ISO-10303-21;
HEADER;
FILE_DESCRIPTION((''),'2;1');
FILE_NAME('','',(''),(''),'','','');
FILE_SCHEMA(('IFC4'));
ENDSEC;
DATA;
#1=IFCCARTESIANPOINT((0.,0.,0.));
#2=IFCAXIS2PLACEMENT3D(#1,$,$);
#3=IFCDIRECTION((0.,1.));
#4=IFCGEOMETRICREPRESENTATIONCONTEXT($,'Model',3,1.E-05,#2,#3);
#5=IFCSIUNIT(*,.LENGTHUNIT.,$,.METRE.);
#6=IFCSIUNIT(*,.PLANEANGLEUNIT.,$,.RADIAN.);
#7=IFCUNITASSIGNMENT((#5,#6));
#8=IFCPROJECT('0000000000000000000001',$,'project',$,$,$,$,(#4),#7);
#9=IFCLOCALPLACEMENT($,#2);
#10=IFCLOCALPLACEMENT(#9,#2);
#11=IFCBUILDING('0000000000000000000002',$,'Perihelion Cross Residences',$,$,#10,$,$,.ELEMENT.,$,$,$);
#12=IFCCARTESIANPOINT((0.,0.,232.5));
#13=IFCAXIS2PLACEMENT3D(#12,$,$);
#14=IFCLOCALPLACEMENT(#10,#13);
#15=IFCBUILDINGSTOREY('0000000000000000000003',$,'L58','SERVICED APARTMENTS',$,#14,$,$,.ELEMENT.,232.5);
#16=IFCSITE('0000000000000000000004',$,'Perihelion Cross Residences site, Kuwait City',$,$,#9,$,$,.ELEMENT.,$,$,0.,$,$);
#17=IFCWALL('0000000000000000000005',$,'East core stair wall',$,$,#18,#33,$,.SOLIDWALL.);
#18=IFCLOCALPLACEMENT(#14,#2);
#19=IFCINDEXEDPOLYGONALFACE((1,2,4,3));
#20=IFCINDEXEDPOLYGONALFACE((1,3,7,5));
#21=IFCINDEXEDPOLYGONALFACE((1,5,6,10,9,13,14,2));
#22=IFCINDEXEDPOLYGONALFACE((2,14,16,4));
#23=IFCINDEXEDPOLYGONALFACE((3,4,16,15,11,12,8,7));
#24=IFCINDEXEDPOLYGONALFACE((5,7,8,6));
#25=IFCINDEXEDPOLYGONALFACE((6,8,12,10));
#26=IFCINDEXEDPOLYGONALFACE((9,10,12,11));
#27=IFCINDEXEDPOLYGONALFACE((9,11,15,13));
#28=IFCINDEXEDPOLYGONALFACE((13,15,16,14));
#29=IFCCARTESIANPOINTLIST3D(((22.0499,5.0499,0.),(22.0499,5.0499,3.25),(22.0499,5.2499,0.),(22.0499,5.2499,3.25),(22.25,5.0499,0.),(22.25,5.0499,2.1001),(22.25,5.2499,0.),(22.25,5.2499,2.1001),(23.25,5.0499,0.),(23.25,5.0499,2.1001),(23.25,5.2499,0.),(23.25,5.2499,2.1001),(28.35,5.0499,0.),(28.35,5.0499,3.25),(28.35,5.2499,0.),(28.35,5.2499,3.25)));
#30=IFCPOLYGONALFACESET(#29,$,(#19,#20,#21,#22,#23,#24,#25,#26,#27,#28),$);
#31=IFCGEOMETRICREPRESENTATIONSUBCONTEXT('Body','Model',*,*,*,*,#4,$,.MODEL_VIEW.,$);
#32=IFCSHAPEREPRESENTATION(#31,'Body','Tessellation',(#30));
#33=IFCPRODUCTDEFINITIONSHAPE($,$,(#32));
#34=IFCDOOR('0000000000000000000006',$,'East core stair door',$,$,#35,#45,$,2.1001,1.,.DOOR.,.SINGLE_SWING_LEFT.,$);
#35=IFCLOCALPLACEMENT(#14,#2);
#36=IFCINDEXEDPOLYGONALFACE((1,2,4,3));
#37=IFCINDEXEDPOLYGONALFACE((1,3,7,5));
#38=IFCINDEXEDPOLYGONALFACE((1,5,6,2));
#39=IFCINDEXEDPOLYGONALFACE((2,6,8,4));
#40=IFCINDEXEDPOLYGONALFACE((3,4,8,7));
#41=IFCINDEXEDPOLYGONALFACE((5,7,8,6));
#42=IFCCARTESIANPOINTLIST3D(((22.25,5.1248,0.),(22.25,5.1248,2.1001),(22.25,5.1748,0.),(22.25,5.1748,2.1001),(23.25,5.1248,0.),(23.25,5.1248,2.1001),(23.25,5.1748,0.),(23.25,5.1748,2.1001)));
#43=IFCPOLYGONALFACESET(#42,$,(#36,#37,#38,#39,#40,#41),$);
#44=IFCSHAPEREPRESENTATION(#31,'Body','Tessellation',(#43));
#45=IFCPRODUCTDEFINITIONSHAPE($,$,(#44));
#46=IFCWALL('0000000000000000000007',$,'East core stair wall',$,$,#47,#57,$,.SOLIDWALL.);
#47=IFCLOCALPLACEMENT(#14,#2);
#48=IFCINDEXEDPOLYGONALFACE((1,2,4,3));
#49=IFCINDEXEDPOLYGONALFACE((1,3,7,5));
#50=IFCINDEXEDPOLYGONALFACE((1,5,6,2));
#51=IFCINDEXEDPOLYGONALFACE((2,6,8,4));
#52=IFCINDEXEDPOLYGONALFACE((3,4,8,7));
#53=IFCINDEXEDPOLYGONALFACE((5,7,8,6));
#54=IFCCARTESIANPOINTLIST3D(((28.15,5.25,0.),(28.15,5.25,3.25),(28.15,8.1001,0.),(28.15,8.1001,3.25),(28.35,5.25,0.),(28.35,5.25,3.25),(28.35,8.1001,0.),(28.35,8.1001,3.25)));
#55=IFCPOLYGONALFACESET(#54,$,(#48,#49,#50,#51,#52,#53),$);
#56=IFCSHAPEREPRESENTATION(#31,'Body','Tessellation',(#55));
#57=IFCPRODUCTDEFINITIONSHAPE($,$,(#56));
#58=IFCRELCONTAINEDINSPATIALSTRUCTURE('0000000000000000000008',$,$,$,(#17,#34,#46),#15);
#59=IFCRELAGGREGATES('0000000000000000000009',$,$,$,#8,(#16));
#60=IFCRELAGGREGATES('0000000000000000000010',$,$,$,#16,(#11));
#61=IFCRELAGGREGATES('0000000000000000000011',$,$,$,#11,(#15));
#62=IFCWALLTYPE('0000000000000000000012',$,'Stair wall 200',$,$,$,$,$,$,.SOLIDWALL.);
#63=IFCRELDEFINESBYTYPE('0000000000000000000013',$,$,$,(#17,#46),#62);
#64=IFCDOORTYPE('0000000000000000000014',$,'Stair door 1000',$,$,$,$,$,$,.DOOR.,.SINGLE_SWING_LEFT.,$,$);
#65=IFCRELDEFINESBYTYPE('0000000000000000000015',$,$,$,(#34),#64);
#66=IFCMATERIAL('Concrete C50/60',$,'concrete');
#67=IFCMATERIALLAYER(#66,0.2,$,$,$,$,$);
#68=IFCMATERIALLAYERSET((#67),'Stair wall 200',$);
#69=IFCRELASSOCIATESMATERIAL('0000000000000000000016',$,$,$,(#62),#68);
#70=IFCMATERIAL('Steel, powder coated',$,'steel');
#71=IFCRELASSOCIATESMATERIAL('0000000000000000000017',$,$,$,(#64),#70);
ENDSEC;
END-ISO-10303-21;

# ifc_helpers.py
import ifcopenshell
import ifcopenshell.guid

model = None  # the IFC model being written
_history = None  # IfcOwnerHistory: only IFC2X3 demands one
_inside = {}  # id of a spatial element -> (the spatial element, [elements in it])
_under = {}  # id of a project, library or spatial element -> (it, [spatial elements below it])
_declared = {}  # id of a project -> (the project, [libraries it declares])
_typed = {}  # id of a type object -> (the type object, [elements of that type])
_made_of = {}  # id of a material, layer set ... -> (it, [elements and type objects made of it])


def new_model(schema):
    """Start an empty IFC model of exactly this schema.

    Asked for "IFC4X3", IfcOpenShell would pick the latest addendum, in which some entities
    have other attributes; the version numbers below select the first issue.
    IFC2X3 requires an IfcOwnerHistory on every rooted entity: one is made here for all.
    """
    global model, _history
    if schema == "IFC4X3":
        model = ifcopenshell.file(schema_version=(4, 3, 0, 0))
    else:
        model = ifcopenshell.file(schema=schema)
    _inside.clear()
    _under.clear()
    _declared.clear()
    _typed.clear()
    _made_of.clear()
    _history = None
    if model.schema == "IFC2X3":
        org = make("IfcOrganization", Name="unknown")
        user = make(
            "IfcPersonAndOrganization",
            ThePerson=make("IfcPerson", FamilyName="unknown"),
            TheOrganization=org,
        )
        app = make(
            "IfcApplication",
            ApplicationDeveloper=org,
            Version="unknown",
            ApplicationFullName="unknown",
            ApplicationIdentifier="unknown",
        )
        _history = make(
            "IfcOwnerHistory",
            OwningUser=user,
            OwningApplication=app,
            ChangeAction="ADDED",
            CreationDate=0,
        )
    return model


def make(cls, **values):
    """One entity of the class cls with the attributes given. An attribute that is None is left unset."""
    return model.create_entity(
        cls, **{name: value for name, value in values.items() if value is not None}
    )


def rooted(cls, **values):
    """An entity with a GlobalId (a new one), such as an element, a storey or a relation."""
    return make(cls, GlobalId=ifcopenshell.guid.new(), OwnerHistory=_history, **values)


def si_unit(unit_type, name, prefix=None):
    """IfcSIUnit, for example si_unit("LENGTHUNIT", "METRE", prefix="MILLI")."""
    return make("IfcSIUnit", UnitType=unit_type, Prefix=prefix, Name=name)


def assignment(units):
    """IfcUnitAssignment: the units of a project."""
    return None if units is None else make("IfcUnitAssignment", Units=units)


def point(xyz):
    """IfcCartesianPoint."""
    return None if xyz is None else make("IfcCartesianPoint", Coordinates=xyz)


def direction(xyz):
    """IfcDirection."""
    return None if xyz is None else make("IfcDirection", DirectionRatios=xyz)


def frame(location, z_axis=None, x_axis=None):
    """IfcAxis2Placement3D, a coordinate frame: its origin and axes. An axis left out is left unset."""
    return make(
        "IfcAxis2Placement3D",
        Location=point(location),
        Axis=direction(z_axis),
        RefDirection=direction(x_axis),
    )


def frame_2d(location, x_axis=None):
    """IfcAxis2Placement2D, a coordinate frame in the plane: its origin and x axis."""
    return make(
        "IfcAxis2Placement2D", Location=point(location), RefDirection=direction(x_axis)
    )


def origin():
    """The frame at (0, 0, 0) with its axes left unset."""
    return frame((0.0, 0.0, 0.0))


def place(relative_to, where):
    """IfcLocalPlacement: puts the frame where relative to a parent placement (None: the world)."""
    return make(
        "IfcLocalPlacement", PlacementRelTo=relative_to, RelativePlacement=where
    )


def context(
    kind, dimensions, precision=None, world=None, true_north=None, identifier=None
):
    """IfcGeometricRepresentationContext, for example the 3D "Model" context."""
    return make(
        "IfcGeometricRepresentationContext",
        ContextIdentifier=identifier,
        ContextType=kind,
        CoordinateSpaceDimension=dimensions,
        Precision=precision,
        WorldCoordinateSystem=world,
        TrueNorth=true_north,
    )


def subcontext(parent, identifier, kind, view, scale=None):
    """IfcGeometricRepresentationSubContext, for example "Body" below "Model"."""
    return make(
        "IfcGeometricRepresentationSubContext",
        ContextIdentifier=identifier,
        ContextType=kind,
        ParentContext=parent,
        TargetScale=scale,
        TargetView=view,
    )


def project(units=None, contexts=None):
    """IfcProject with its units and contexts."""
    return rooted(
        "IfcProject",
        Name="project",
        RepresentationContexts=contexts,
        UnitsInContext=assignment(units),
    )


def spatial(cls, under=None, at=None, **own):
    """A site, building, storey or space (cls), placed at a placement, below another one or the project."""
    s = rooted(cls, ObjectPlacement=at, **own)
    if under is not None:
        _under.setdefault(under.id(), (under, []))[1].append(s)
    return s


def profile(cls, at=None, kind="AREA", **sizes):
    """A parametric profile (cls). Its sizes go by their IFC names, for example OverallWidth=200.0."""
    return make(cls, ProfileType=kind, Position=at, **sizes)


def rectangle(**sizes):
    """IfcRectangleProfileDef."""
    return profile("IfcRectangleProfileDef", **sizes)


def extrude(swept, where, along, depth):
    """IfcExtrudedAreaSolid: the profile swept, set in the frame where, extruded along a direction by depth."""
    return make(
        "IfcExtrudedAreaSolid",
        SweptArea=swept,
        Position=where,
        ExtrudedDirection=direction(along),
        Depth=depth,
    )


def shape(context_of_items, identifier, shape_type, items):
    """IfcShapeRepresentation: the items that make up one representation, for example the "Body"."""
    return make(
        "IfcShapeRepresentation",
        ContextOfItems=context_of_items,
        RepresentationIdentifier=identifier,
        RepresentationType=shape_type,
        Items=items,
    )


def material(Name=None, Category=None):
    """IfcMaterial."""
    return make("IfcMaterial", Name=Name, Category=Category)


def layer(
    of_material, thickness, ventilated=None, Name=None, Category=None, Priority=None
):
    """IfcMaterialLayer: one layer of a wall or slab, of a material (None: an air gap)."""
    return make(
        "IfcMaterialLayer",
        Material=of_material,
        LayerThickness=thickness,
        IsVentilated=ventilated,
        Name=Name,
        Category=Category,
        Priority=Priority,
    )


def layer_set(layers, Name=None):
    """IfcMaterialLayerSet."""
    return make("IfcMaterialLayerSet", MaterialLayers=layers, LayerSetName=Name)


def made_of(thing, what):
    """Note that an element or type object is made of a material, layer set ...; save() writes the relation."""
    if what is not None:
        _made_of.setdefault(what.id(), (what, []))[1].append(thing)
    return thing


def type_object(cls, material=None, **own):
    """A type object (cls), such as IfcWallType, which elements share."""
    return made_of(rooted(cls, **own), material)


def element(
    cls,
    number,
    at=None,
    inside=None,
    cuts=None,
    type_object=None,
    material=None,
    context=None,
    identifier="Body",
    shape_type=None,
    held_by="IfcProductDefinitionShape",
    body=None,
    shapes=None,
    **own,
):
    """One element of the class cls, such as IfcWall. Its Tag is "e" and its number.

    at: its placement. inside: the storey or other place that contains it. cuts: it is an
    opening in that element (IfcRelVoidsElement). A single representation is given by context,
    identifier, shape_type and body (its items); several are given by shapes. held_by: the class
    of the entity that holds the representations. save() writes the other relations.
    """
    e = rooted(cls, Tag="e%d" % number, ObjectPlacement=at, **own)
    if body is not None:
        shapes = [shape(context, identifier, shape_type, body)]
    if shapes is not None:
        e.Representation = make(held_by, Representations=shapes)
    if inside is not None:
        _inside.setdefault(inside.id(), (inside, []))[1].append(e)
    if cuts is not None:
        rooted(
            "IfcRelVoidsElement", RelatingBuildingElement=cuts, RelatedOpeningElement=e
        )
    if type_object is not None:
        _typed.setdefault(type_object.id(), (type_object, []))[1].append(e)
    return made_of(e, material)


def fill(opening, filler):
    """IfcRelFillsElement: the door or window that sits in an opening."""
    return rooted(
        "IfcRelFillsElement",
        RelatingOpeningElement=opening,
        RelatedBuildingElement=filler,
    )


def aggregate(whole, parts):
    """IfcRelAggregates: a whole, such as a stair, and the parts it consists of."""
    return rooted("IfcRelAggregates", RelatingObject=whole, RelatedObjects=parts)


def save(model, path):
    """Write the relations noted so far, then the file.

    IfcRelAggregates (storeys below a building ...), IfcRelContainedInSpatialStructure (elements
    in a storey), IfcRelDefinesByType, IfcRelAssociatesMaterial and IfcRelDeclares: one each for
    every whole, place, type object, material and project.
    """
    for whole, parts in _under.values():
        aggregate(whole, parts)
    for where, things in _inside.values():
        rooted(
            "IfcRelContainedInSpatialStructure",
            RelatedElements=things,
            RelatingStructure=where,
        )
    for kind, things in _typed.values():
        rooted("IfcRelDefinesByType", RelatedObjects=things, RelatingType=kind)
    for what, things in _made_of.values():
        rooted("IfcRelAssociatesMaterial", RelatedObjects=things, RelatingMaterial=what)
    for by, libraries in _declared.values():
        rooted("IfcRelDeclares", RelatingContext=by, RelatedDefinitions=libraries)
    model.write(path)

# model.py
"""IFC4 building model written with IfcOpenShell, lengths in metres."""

from ifc_helpers import new_model, si_unit, direction, frame, frame_2d, origin, place, context, subcontext, project, spatial, rectangle, extrude, material, layer, layer_set, type_object, element, fill, save


model = new_model("IFC4")

# Units and contexts
model_context = context("Model", 3, precision=1e-05, world=origin(), true_north=direction((0.0, 1.0)))
body_context = subcontext(model_context, "Body", "Model", "MODEL_VIEW")
ifc_project = project(units=[si_unit("LENGTHUNIT", "METRE"), si_unit("PLANEANGLEUNIT", "RADIAN")], contexts=[model_context])

# Site, building, storey
site_placement = place(None, origin())
site = spatial("IfcSite", under=ifc_project, at=site_placement, Name="Perihelion Cross Residences site, Kuwait City", CompositionType="ELEMENT", RefElevation=0.0)
building_placement = place(site_placement, origin())
building = spatial("IfcBuilding", under=site, at=building_placement, Name="Perihelion Cross Residences", CompositionType="ELEMENT")
storey_placement = place(building_placement, frame((0.0, 0.0, 232.5)))
storey = spatial("IfcBuildingStorey", under=building, at=storey_placement, Name="L58", Description="SERVICED APARTMENTS", CompositionType="ELEMENT", Elevation=232.5)

# Wall, opening, door
ifc_material_1 = material(Name="Concrete C50/60", Category="concrete")
ifc_layer_1 = layer(ifc_material_1, 0.2)
ifc_layer_set_1 = layer_set([ifc_layer_1], Name="Stair wall 200")
wall_type_1 = type_object("IfcWallType", Name="Stair wall 200", PredefinedType="SOLIDWALL", material=ifc_layer_set_1)
wall_1_placement = place(storey_placement, frame((22.05, 5.1499, 0.0), z_axis=(0.0, 0.0, 1.0), x_axis=(1.0, 0.0, 0.0)))
wall_1 = element("IfcWall", 1, at=wall_1_placement, inside=storey, type_object=wall_type_1, Name="East core stair wall", PredefinedType="SOLIDWALL", context=body_context, shape_type="SweptSolid", body=[
    extrude(rectangle(XDim=6.3, YDim=0.2, at=frame_2d((3.1499, 0.0))), origin(), (0.0, 0.0, 1.0), 3.25),
])
opening_1_placement = place(wall_1_placement, frame((0.2, 0.0, 0.0)))
opening_1 = element("IfcOpeningElement", 2, at=opening_1_placement, cuts=wall_1, PredefinedType="OPENING", context=body_context, shape_type="SweptSolid", body=[
    extrude(rectangle(XDim=1.0, YDim=2.1001, at=frame_2d((0.5, 1.05))), frame((0.0, 0.1099, 0.0), z_axis=(0.0, -1.0, 0.0), x_axis=(1.0, 0.0, 0.0)), (0.0, 0.0, 1.0), 0.22),
])
ifc_material_2 = material(Name="Steel, powder coated", Category="steel")
door_type_1 = type_object("IfcDoorType", Name="Stair door 1000", OperationType="SINGLE_SWING_LEFT", PredefinedType="DOOR", material=ifc_material_2)
door_1_placement = place(opening_1_placement, origin())
door_1 = element("IfcDoor", 3, at=door_1_placement, inside=storey, type_object=door_type_1, Name="East core stair door", OperationType="SINGLE_SWING_LEFT", OverallHeight=2.1001, OverallWidth=1.0, PredefinedType="DOOR", context=body_context, shape_type="SweptSolid", body=[
    extrude(rectangle(XDim=1.0, YDim=2.1001, at=frame_2d((0.5, 1.05))), frame((0.0, 0.0249, 0.0), z_axis=(0.0, -1.0, 0.0), x_axis=(1.0, 0.0, 0.0)), (0.0, 0.0, 1.0), 0.05),
])
fill(opening_1, door_1)

# Wall
wall_2_placement = place(storey_placement, frame((28.25, 5.25, 0.0), z_axis=(0.0, 0.0, 1.0), x_axis=(0.0, 1.0, 0.0)))
element("IfcWall", 4, at=wall_2_placement, inside=storey, type_object=wall_type_1, Name="East core stair wall", PredefinedType="SOLIDWALL", context=body_context, shape_type="SweptSolid", body=[
    extrude(rectangle(XDim=2.8501, YDim=0.2, at=frame_2d((1.425, 0.0))), origin(), (0.0, 0.0, 1.0), 3.25),
])

save(model, "model.ifc")
